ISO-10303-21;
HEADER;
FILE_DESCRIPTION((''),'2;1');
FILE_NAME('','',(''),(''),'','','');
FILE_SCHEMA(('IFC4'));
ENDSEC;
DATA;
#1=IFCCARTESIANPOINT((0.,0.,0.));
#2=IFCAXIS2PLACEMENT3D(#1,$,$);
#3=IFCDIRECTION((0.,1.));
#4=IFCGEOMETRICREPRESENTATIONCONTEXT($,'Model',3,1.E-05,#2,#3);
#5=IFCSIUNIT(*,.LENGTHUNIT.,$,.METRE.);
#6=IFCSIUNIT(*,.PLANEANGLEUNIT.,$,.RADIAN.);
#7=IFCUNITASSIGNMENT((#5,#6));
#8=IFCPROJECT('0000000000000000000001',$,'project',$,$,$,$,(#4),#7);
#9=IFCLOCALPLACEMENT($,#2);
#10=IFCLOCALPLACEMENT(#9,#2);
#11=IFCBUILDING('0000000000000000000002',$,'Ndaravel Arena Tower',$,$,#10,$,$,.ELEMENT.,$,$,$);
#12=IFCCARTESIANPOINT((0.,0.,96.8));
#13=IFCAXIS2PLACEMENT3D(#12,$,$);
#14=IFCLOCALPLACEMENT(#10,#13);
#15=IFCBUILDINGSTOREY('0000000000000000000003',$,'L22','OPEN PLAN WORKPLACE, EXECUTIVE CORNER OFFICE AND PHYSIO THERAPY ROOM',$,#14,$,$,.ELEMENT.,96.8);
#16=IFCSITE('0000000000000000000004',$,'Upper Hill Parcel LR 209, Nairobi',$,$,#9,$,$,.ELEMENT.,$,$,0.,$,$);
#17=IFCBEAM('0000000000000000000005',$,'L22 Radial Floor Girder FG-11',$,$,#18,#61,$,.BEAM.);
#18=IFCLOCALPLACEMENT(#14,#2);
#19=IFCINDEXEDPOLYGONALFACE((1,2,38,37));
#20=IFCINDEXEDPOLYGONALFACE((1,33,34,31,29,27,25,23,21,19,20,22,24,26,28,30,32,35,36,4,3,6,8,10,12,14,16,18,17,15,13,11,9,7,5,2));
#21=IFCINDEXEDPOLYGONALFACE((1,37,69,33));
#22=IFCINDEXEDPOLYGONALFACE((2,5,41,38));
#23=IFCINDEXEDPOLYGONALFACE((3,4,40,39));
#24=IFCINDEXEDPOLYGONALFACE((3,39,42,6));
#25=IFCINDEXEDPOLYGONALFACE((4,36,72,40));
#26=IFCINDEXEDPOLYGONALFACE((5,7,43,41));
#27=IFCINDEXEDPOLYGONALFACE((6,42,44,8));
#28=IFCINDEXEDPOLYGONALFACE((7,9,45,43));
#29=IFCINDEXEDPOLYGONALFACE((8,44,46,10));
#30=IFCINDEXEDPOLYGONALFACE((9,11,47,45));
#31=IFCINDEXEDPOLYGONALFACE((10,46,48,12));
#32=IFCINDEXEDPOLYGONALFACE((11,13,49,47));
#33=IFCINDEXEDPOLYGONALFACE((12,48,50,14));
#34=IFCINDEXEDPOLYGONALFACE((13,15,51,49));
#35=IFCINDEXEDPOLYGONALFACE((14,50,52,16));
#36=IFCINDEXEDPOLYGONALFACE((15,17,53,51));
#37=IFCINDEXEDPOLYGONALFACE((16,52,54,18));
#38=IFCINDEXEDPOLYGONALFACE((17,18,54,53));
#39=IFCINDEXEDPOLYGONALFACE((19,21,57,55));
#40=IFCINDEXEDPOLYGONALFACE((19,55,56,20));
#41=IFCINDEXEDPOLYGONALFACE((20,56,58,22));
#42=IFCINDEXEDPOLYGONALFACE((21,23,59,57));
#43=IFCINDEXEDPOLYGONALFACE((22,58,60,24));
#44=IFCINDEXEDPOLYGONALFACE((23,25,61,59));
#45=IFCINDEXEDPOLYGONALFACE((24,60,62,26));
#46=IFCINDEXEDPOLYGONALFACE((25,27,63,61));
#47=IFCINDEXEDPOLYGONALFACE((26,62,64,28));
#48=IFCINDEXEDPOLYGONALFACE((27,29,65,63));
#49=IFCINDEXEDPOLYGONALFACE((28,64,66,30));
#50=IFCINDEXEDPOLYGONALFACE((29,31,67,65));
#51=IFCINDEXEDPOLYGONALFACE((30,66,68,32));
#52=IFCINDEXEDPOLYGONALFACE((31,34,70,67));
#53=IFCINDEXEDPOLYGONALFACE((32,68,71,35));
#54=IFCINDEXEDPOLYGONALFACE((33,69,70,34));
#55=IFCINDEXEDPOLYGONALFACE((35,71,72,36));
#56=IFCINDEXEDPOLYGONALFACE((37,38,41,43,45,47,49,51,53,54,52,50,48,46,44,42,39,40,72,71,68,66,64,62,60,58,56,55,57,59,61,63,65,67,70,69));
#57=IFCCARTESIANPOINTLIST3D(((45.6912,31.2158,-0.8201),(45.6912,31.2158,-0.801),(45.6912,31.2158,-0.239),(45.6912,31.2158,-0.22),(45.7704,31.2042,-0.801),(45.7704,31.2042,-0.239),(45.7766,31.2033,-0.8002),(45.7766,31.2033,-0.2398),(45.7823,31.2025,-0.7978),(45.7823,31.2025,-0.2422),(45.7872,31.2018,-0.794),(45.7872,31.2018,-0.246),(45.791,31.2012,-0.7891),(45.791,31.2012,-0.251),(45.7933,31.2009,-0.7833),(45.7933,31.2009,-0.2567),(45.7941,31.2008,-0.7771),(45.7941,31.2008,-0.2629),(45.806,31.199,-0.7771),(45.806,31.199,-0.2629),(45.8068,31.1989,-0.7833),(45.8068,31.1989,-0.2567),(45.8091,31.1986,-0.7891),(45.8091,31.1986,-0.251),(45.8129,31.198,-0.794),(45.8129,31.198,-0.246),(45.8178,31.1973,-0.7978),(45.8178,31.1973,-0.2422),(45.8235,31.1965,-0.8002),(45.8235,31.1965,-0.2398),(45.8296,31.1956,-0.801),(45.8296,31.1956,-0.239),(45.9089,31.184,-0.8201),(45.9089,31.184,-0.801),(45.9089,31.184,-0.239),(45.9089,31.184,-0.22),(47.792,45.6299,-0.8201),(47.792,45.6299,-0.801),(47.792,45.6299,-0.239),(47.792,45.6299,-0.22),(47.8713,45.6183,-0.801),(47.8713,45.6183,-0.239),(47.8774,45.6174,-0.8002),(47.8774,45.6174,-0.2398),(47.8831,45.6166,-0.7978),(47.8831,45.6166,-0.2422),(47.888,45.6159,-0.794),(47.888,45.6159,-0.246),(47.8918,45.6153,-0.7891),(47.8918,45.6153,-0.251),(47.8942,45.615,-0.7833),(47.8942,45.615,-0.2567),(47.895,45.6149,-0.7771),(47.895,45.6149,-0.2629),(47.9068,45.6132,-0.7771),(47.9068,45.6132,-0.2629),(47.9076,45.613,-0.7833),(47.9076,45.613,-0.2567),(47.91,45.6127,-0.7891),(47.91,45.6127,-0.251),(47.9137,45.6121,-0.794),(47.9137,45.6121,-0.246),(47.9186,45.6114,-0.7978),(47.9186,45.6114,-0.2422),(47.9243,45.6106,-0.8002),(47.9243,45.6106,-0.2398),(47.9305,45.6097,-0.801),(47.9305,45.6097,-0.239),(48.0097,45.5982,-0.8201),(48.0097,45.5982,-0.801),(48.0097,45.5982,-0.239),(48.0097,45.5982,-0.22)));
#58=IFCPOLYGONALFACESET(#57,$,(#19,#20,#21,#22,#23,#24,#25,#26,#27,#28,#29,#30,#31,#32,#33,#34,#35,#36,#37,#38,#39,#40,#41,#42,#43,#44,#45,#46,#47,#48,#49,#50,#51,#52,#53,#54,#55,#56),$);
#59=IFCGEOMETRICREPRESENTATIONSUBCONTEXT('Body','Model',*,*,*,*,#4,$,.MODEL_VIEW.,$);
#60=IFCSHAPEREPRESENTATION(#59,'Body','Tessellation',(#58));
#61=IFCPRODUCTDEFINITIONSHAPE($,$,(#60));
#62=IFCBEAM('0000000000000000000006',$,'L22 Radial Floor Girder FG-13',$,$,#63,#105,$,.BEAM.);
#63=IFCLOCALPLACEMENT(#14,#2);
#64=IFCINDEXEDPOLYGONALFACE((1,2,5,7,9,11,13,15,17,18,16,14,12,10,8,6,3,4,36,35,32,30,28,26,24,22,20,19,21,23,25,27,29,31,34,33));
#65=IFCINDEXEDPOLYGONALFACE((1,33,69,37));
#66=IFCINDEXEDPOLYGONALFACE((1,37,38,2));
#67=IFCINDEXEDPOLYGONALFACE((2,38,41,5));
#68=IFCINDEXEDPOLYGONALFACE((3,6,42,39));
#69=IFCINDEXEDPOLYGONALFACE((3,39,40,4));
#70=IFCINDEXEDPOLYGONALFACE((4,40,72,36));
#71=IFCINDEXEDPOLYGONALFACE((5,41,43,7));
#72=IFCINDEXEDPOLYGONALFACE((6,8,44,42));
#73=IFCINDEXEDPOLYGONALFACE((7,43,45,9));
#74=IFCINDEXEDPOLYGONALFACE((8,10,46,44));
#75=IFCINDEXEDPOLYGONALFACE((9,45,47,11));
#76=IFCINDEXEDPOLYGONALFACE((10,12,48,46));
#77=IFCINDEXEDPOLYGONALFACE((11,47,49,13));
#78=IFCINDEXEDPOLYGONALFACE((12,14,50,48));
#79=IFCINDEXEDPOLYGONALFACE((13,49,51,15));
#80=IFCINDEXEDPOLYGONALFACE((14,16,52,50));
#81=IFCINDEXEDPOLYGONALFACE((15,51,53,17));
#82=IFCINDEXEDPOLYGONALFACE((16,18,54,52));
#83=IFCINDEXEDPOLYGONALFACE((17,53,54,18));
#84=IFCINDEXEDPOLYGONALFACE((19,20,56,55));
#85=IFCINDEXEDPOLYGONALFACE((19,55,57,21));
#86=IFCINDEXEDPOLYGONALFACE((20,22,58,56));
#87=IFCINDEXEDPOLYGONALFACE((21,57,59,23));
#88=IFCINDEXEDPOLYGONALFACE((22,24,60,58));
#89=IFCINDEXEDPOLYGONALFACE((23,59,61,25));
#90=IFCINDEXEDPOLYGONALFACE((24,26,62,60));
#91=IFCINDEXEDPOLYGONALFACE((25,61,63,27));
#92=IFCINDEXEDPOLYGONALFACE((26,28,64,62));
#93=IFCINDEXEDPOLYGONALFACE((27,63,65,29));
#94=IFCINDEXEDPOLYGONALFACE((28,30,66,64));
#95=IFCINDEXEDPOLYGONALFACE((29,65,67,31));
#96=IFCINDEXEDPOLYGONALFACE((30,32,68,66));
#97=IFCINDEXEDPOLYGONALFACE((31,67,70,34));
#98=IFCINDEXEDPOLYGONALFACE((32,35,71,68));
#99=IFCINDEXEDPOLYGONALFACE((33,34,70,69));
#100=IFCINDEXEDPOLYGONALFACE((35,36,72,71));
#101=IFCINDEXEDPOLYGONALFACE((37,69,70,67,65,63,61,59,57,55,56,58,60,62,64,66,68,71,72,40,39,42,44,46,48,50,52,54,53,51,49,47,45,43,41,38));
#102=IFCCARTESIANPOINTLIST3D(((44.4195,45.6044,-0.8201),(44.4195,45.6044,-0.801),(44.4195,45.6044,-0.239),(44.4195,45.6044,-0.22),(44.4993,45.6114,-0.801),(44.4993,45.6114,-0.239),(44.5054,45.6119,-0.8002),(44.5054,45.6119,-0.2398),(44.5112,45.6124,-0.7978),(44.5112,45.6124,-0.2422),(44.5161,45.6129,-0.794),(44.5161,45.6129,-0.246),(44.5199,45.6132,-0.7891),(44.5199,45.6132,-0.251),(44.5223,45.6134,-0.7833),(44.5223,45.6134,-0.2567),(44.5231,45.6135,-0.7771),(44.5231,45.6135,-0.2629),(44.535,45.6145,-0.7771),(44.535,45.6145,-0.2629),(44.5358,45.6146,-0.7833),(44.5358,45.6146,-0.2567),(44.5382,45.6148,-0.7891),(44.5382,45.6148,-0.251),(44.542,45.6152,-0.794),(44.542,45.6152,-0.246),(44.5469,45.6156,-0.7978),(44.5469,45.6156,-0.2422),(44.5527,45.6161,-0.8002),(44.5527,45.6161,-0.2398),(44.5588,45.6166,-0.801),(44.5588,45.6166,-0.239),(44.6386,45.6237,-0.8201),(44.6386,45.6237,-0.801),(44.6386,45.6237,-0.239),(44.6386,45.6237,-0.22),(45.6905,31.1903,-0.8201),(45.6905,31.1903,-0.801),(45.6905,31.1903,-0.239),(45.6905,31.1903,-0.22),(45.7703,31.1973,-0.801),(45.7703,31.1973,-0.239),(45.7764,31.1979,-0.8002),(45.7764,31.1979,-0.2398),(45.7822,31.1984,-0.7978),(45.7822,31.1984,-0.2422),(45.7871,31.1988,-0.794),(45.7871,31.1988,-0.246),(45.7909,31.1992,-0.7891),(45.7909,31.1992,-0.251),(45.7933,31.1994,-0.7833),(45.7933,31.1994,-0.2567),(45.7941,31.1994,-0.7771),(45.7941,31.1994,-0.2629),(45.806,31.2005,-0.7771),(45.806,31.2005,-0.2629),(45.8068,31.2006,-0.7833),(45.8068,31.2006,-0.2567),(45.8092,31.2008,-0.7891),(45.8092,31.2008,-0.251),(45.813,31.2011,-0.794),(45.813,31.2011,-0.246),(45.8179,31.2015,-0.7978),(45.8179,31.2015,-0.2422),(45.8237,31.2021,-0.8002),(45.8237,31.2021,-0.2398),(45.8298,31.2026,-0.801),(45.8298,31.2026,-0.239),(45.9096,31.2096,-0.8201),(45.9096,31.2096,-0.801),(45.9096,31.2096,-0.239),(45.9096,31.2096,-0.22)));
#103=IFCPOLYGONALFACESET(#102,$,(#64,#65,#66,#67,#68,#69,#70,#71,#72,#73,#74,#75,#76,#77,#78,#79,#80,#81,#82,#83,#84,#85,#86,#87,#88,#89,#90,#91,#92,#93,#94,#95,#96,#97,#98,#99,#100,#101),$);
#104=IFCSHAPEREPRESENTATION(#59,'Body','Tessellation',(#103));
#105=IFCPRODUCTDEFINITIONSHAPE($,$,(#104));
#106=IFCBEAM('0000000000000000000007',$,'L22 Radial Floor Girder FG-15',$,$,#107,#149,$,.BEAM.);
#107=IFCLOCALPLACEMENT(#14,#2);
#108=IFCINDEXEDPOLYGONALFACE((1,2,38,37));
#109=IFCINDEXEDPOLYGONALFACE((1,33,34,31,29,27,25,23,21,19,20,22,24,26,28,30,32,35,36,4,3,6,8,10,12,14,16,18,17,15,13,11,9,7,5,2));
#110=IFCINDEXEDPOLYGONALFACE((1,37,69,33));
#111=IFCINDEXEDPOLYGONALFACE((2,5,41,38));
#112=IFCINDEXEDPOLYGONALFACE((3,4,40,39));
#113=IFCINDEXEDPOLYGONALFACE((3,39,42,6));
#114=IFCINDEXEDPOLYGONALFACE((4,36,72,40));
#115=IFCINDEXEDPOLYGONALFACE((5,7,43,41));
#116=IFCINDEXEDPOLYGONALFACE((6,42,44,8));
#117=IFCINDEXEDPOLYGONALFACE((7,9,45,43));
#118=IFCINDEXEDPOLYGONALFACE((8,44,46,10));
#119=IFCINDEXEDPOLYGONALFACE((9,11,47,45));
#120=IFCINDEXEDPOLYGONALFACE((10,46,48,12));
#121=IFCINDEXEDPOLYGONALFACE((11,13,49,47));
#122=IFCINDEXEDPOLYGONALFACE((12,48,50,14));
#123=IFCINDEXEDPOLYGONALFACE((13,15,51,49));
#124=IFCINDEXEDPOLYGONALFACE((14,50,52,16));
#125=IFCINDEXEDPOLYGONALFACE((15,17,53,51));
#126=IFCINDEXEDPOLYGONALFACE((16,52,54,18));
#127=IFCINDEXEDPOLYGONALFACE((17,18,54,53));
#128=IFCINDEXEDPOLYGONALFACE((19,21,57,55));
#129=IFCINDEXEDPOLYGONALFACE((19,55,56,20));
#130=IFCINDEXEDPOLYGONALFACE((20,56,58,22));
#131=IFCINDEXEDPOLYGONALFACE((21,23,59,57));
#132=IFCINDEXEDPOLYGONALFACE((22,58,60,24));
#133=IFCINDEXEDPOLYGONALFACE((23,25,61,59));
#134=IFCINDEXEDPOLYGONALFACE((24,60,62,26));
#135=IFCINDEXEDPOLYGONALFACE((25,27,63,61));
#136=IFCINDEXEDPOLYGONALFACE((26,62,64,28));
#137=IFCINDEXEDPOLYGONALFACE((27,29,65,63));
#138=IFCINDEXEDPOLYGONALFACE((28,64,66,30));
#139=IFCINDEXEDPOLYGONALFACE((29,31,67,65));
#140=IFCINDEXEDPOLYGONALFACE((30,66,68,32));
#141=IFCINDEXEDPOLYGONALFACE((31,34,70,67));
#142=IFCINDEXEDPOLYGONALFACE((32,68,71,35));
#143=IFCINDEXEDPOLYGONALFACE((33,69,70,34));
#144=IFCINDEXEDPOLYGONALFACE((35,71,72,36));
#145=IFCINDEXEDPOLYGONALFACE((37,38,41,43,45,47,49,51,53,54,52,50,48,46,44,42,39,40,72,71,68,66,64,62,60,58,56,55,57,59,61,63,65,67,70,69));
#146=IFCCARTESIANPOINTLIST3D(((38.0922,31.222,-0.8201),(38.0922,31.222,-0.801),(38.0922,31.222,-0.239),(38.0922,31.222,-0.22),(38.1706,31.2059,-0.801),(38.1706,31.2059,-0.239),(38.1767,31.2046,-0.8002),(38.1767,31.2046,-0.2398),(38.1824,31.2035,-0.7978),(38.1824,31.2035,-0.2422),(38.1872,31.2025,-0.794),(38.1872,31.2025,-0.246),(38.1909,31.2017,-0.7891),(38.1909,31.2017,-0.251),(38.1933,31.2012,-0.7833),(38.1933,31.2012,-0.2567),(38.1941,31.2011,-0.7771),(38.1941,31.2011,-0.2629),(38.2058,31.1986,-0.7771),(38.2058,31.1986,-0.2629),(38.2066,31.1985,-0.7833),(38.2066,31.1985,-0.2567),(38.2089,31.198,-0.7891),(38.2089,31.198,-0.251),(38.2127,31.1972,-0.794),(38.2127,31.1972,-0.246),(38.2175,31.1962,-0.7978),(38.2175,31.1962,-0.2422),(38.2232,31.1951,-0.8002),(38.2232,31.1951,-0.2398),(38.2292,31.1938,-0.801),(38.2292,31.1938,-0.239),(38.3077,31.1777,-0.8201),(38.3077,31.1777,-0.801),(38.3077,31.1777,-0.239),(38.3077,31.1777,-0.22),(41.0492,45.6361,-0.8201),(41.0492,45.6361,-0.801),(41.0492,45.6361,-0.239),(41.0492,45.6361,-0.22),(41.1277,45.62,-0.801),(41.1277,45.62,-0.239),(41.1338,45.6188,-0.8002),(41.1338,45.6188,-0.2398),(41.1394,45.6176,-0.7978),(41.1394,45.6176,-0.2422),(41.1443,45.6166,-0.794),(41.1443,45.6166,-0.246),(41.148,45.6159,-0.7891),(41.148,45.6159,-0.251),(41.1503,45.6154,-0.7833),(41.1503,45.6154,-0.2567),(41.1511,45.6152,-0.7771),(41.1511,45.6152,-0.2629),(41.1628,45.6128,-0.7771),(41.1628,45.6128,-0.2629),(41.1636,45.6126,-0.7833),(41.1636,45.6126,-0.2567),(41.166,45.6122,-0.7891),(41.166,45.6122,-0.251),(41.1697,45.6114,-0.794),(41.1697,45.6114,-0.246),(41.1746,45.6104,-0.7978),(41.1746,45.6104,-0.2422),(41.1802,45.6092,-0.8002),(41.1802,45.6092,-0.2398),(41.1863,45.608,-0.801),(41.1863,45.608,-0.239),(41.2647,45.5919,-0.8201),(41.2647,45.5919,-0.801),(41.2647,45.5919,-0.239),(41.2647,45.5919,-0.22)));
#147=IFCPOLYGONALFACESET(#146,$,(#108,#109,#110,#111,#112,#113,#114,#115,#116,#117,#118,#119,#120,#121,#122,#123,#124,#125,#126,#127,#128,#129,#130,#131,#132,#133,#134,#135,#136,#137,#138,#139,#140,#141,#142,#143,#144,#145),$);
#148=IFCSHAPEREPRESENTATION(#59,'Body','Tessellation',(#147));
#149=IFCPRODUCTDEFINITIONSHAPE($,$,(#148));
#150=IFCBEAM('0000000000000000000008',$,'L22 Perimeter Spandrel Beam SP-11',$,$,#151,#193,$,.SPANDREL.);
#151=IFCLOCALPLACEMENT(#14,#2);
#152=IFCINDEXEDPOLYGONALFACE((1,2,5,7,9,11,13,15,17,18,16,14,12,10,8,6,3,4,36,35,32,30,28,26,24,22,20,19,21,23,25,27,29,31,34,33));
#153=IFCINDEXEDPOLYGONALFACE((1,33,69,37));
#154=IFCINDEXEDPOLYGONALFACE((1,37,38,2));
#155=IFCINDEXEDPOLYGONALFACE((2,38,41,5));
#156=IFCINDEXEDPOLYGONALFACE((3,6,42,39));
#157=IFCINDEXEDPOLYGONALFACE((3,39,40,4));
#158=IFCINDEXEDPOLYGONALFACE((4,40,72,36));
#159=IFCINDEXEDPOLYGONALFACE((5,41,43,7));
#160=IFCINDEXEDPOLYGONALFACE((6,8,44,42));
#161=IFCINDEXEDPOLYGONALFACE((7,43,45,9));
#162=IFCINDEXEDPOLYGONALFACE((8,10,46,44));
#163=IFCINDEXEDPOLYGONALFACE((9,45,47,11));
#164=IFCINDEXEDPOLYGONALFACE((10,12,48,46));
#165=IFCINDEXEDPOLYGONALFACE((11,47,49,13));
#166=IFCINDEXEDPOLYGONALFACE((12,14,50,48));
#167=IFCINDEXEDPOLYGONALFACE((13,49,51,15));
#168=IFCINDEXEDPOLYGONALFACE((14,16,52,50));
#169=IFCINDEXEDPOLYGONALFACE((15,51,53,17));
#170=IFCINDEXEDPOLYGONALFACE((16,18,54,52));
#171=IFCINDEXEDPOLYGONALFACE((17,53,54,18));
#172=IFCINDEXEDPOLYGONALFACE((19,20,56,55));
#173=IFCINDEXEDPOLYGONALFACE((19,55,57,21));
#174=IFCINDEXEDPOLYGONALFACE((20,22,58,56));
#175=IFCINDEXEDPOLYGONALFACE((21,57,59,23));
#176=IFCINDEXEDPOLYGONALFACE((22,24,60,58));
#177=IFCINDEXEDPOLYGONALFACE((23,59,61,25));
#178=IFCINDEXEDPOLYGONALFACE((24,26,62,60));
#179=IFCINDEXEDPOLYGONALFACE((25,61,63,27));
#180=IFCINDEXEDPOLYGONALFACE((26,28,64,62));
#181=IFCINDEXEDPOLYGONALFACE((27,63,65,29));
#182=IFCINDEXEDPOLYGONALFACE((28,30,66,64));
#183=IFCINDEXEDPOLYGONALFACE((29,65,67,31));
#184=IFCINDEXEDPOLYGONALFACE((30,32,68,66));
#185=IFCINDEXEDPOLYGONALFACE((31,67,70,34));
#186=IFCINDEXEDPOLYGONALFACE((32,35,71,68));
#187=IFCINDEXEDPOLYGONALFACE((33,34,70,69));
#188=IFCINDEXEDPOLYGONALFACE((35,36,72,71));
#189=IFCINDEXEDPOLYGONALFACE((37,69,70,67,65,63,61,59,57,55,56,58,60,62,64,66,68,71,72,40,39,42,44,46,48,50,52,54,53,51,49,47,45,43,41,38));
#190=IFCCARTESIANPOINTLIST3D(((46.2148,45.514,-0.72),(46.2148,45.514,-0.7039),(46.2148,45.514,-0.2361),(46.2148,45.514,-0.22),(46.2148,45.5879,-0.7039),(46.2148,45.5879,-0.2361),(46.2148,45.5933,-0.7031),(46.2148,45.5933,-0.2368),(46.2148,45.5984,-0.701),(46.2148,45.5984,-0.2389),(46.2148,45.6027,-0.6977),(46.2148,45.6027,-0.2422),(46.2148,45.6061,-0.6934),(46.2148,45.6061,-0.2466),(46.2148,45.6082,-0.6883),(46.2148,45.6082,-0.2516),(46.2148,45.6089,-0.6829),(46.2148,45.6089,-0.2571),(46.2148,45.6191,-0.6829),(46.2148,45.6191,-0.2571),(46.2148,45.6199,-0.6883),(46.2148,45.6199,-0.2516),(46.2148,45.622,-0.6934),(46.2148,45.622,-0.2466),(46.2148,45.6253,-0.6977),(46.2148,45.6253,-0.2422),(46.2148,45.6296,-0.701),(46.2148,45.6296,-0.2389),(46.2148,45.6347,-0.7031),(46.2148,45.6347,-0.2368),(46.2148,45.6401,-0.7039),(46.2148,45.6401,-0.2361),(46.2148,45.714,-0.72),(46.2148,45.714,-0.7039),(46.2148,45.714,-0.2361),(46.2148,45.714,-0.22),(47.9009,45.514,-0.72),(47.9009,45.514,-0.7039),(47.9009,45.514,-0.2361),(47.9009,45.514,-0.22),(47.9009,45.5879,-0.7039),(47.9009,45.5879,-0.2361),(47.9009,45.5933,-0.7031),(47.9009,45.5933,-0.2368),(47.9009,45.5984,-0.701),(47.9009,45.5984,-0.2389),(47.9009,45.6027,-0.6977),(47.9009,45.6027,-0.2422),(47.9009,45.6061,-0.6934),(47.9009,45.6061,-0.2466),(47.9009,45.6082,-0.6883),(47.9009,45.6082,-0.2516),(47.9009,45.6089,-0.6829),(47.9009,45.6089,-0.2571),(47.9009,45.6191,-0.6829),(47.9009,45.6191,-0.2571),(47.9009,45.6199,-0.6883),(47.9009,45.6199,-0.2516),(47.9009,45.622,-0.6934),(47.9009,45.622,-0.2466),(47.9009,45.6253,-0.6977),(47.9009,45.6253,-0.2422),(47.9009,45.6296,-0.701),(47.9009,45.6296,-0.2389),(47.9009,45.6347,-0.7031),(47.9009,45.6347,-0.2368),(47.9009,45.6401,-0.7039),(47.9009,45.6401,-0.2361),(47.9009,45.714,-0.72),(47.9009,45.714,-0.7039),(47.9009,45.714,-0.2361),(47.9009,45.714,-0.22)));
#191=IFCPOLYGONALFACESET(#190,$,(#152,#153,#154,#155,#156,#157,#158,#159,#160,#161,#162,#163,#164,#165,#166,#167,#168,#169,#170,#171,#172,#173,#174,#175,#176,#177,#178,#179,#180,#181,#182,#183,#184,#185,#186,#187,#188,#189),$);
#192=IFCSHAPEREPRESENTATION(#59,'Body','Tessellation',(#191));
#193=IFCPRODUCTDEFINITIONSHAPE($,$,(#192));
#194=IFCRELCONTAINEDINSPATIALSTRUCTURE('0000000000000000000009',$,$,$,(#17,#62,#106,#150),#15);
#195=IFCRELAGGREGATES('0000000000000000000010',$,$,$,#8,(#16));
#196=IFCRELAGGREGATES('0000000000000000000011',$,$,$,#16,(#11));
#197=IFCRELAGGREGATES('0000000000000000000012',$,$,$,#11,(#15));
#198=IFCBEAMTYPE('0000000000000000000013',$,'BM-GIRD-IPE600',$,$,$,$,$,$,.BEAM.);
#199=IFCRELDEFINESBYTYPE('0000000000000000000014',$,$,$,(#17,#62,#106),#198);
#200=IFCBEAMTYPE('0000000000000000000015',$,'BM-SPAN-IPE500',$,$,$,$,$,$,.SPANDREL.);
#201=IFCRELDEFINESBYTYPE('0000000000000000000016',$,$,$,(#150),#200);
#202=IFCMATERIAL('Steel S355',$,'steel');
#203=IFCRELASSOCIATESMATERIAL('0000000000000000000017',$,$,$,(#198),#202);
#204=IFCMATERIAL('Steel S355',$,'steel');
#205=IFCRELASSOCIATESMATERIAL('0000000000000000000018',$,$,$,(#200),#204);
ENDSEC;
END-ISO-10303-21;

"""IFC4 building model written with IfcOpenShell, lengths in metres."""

from ifc_helpers import new_model, si_unit, direction, frame, origin, origin_2d, place, context, subcontext, project, spatial, i_section, extrude, material, material_profile, profile_set, type_object, element, save


model = new_model("IFC4")

# Units and contexts
model_context = context("Model", 3, precision=1e-05, world=origin(), true_north=direction((0.0, 1.0)))
body_context = subcontext(model_context, "Body", "Model", "MODEL_VIEW")
ifc_project = project(units=[si_unit("LENGTHUNIT", "METRE"), si_unit("PLANEANGLEUNIT", "RADIAN")], contexts=[model_context])

# Site, building, storey
site_placement = place(None, origin())
site = spatial("IfcSite", under=ifc_project, at=site_placement, Name="Upper Hill Parcel LR 209, Nairobi", CompositionType="ELEMENT", RefElevation=0.0)
building_placement = place(site_placement, origin())
building = spatial("IfcBuilding", under=site, at=building_placement, Name="Ndaravel Arena Tower", CompositionType="ELEMENT")
storey_placement = place(building_placement, frame((0.0, 0.0, 96.8)))
storey = spatial("IfcBuildingStorey", under=building, at=storey_placement, Name="L22", Description="OPEN PLAN WORKPLACE, EXECUTIVE CORNER OFFICE AND PHYSIO THERAPY ROOM", CompositionType="ELEMENT", Elevation=96.8)

# Beams
ifc_material_1 = material(Name="Steel S355", Category="steel")
ifc_material_profile_1 = material_profile(ifc_material_1, i_section(OverallWidth=0.22, OverallDepth=0.6001, WebThickness=0.012, FlangeThickness=0.019, FilletRadius=0.0239, at=origin_2d()), Name="IPE 600")
ifc_profile_set_1 = profile_set([ifc_material_profile_1], Name="Steel S355")
beam_type_1 = type_object("IfcBeamType", Name="BM-GIRD-IPE600", PredefinedType="BEAM", material=ifc_profile_set_1)
beam_1_placement = place(storey_placement, frame((47.9009, 45.614, -0.52), z_axis=(-0.144225, -0.989545, 0.0), x_axis=(0.989545, -0.144225, 0.0)))
element("IfcBeam", 1, at=beam_1_placement, inside=storey, type_object=beam_type_1, Name="L22 Radial Floor Girder FG-11", PredefinedType="BEAM", context=body_context, shape_type="SweptSolid", body=[
    extrude(i_section(OverallWidth=0.22, OverallDepth=0.6001, WebThickness=0.012, FlangeThickness=0.019, FilletRadius=0.0239, at=origin_2d()), origin(), (0.0, 0.0, 1.0), 14.5664),
])
beam_2_placement = place(storey_placement, frame((44.5291, 45.614, -0.52), z_axis=(0.087837, -0.996135, 0.0), x_axis=(0.996135, 0.087837, 0.0)))
element("IfcBeam", 2, at=beam_2_placement, inside=storey, type_object=beam_type_1, Name="L22 Radial Floor Girder FG-13", PredefinedType="BEAM", context=body_context, shape_type="SweptSolid", body=[
    extrude(i_section(OverallWidth=0.22, OverallDepth=0.6001, WebThickness=0.012, FlangeThickness=0.019, FilletRadius=0.0239, at=origin_2d()), origin(), (0.0, 0.0, 1.0), 14.47),
])
beam_3_placement = place(storey_placement, frame((41.157, 45.614, -0.52), z_axis=(-0.200964, -0.979599, 0.0), x_axis=(0.979599, -0.200964, 0.0)))
element("IfcBeam", 3, at=beam_3_placement, inside=storey, type_object=beam_type_1, Name="L22 Radial Floor Girder FG-15", PredefinedType="BEAM", context=body_context, shape_type="SweptSolid", body=[
    extrude(i_section(OverallWidth=0.22, OverallDepth=0.6001, WebThickness=0.012, FlangeThickness=0.019, FilletRadius=0.0239, at=origin_2d()), origin(), (0.0, 0.0, 1.0), 14.7144),
])
ifc_material_2 = material(Name="Steel S355", Category="steel")
ifc_material_profile_2 = material_profile(ifc_material_2, i_section(OverallWidth=0.2, OverallDepth=0.5, WebThickness=0.0103, FlangeThickness=0.0161, FilletRadius=0.021, at=origin_2d()), Name="IPE 500")
ifc_profile_set_2 = profile_set([ifc_material_profile_2], Name="Steel S355")
beam_type_2 = type_object("IfcBeamType", Name="BM-SPAN-IPE500", PredefinedType="SPANDREL", material=ifc_profile_set_2)
beam_4_placement = place(storey_placement, frame((47.9009, 45.614, -0.47), z_axis=(-1.0, 0.0, 0.0), x_axis=(0.0, -1.0, 0.0)))
element("IfcBeam", 4, at=beam_4_placement, inside=storey, type_object=beam_type_2, Name="L22 Perimeter Spandrel Beam SP-11", PredefinedType="SPANDREL", context=body_context, shape_type="SweptSolid", body=[
    extrude(i_section(OverallWidth=0.2, OverallDepth=0.5, WebThickness=0.0103, FlangeThickness=0.0161, FilletRadius=0.021, at=origin_2d()), origin(), (0.0, 0.0, 1.0), 1.686),
])

save(model, "model.ifc")
